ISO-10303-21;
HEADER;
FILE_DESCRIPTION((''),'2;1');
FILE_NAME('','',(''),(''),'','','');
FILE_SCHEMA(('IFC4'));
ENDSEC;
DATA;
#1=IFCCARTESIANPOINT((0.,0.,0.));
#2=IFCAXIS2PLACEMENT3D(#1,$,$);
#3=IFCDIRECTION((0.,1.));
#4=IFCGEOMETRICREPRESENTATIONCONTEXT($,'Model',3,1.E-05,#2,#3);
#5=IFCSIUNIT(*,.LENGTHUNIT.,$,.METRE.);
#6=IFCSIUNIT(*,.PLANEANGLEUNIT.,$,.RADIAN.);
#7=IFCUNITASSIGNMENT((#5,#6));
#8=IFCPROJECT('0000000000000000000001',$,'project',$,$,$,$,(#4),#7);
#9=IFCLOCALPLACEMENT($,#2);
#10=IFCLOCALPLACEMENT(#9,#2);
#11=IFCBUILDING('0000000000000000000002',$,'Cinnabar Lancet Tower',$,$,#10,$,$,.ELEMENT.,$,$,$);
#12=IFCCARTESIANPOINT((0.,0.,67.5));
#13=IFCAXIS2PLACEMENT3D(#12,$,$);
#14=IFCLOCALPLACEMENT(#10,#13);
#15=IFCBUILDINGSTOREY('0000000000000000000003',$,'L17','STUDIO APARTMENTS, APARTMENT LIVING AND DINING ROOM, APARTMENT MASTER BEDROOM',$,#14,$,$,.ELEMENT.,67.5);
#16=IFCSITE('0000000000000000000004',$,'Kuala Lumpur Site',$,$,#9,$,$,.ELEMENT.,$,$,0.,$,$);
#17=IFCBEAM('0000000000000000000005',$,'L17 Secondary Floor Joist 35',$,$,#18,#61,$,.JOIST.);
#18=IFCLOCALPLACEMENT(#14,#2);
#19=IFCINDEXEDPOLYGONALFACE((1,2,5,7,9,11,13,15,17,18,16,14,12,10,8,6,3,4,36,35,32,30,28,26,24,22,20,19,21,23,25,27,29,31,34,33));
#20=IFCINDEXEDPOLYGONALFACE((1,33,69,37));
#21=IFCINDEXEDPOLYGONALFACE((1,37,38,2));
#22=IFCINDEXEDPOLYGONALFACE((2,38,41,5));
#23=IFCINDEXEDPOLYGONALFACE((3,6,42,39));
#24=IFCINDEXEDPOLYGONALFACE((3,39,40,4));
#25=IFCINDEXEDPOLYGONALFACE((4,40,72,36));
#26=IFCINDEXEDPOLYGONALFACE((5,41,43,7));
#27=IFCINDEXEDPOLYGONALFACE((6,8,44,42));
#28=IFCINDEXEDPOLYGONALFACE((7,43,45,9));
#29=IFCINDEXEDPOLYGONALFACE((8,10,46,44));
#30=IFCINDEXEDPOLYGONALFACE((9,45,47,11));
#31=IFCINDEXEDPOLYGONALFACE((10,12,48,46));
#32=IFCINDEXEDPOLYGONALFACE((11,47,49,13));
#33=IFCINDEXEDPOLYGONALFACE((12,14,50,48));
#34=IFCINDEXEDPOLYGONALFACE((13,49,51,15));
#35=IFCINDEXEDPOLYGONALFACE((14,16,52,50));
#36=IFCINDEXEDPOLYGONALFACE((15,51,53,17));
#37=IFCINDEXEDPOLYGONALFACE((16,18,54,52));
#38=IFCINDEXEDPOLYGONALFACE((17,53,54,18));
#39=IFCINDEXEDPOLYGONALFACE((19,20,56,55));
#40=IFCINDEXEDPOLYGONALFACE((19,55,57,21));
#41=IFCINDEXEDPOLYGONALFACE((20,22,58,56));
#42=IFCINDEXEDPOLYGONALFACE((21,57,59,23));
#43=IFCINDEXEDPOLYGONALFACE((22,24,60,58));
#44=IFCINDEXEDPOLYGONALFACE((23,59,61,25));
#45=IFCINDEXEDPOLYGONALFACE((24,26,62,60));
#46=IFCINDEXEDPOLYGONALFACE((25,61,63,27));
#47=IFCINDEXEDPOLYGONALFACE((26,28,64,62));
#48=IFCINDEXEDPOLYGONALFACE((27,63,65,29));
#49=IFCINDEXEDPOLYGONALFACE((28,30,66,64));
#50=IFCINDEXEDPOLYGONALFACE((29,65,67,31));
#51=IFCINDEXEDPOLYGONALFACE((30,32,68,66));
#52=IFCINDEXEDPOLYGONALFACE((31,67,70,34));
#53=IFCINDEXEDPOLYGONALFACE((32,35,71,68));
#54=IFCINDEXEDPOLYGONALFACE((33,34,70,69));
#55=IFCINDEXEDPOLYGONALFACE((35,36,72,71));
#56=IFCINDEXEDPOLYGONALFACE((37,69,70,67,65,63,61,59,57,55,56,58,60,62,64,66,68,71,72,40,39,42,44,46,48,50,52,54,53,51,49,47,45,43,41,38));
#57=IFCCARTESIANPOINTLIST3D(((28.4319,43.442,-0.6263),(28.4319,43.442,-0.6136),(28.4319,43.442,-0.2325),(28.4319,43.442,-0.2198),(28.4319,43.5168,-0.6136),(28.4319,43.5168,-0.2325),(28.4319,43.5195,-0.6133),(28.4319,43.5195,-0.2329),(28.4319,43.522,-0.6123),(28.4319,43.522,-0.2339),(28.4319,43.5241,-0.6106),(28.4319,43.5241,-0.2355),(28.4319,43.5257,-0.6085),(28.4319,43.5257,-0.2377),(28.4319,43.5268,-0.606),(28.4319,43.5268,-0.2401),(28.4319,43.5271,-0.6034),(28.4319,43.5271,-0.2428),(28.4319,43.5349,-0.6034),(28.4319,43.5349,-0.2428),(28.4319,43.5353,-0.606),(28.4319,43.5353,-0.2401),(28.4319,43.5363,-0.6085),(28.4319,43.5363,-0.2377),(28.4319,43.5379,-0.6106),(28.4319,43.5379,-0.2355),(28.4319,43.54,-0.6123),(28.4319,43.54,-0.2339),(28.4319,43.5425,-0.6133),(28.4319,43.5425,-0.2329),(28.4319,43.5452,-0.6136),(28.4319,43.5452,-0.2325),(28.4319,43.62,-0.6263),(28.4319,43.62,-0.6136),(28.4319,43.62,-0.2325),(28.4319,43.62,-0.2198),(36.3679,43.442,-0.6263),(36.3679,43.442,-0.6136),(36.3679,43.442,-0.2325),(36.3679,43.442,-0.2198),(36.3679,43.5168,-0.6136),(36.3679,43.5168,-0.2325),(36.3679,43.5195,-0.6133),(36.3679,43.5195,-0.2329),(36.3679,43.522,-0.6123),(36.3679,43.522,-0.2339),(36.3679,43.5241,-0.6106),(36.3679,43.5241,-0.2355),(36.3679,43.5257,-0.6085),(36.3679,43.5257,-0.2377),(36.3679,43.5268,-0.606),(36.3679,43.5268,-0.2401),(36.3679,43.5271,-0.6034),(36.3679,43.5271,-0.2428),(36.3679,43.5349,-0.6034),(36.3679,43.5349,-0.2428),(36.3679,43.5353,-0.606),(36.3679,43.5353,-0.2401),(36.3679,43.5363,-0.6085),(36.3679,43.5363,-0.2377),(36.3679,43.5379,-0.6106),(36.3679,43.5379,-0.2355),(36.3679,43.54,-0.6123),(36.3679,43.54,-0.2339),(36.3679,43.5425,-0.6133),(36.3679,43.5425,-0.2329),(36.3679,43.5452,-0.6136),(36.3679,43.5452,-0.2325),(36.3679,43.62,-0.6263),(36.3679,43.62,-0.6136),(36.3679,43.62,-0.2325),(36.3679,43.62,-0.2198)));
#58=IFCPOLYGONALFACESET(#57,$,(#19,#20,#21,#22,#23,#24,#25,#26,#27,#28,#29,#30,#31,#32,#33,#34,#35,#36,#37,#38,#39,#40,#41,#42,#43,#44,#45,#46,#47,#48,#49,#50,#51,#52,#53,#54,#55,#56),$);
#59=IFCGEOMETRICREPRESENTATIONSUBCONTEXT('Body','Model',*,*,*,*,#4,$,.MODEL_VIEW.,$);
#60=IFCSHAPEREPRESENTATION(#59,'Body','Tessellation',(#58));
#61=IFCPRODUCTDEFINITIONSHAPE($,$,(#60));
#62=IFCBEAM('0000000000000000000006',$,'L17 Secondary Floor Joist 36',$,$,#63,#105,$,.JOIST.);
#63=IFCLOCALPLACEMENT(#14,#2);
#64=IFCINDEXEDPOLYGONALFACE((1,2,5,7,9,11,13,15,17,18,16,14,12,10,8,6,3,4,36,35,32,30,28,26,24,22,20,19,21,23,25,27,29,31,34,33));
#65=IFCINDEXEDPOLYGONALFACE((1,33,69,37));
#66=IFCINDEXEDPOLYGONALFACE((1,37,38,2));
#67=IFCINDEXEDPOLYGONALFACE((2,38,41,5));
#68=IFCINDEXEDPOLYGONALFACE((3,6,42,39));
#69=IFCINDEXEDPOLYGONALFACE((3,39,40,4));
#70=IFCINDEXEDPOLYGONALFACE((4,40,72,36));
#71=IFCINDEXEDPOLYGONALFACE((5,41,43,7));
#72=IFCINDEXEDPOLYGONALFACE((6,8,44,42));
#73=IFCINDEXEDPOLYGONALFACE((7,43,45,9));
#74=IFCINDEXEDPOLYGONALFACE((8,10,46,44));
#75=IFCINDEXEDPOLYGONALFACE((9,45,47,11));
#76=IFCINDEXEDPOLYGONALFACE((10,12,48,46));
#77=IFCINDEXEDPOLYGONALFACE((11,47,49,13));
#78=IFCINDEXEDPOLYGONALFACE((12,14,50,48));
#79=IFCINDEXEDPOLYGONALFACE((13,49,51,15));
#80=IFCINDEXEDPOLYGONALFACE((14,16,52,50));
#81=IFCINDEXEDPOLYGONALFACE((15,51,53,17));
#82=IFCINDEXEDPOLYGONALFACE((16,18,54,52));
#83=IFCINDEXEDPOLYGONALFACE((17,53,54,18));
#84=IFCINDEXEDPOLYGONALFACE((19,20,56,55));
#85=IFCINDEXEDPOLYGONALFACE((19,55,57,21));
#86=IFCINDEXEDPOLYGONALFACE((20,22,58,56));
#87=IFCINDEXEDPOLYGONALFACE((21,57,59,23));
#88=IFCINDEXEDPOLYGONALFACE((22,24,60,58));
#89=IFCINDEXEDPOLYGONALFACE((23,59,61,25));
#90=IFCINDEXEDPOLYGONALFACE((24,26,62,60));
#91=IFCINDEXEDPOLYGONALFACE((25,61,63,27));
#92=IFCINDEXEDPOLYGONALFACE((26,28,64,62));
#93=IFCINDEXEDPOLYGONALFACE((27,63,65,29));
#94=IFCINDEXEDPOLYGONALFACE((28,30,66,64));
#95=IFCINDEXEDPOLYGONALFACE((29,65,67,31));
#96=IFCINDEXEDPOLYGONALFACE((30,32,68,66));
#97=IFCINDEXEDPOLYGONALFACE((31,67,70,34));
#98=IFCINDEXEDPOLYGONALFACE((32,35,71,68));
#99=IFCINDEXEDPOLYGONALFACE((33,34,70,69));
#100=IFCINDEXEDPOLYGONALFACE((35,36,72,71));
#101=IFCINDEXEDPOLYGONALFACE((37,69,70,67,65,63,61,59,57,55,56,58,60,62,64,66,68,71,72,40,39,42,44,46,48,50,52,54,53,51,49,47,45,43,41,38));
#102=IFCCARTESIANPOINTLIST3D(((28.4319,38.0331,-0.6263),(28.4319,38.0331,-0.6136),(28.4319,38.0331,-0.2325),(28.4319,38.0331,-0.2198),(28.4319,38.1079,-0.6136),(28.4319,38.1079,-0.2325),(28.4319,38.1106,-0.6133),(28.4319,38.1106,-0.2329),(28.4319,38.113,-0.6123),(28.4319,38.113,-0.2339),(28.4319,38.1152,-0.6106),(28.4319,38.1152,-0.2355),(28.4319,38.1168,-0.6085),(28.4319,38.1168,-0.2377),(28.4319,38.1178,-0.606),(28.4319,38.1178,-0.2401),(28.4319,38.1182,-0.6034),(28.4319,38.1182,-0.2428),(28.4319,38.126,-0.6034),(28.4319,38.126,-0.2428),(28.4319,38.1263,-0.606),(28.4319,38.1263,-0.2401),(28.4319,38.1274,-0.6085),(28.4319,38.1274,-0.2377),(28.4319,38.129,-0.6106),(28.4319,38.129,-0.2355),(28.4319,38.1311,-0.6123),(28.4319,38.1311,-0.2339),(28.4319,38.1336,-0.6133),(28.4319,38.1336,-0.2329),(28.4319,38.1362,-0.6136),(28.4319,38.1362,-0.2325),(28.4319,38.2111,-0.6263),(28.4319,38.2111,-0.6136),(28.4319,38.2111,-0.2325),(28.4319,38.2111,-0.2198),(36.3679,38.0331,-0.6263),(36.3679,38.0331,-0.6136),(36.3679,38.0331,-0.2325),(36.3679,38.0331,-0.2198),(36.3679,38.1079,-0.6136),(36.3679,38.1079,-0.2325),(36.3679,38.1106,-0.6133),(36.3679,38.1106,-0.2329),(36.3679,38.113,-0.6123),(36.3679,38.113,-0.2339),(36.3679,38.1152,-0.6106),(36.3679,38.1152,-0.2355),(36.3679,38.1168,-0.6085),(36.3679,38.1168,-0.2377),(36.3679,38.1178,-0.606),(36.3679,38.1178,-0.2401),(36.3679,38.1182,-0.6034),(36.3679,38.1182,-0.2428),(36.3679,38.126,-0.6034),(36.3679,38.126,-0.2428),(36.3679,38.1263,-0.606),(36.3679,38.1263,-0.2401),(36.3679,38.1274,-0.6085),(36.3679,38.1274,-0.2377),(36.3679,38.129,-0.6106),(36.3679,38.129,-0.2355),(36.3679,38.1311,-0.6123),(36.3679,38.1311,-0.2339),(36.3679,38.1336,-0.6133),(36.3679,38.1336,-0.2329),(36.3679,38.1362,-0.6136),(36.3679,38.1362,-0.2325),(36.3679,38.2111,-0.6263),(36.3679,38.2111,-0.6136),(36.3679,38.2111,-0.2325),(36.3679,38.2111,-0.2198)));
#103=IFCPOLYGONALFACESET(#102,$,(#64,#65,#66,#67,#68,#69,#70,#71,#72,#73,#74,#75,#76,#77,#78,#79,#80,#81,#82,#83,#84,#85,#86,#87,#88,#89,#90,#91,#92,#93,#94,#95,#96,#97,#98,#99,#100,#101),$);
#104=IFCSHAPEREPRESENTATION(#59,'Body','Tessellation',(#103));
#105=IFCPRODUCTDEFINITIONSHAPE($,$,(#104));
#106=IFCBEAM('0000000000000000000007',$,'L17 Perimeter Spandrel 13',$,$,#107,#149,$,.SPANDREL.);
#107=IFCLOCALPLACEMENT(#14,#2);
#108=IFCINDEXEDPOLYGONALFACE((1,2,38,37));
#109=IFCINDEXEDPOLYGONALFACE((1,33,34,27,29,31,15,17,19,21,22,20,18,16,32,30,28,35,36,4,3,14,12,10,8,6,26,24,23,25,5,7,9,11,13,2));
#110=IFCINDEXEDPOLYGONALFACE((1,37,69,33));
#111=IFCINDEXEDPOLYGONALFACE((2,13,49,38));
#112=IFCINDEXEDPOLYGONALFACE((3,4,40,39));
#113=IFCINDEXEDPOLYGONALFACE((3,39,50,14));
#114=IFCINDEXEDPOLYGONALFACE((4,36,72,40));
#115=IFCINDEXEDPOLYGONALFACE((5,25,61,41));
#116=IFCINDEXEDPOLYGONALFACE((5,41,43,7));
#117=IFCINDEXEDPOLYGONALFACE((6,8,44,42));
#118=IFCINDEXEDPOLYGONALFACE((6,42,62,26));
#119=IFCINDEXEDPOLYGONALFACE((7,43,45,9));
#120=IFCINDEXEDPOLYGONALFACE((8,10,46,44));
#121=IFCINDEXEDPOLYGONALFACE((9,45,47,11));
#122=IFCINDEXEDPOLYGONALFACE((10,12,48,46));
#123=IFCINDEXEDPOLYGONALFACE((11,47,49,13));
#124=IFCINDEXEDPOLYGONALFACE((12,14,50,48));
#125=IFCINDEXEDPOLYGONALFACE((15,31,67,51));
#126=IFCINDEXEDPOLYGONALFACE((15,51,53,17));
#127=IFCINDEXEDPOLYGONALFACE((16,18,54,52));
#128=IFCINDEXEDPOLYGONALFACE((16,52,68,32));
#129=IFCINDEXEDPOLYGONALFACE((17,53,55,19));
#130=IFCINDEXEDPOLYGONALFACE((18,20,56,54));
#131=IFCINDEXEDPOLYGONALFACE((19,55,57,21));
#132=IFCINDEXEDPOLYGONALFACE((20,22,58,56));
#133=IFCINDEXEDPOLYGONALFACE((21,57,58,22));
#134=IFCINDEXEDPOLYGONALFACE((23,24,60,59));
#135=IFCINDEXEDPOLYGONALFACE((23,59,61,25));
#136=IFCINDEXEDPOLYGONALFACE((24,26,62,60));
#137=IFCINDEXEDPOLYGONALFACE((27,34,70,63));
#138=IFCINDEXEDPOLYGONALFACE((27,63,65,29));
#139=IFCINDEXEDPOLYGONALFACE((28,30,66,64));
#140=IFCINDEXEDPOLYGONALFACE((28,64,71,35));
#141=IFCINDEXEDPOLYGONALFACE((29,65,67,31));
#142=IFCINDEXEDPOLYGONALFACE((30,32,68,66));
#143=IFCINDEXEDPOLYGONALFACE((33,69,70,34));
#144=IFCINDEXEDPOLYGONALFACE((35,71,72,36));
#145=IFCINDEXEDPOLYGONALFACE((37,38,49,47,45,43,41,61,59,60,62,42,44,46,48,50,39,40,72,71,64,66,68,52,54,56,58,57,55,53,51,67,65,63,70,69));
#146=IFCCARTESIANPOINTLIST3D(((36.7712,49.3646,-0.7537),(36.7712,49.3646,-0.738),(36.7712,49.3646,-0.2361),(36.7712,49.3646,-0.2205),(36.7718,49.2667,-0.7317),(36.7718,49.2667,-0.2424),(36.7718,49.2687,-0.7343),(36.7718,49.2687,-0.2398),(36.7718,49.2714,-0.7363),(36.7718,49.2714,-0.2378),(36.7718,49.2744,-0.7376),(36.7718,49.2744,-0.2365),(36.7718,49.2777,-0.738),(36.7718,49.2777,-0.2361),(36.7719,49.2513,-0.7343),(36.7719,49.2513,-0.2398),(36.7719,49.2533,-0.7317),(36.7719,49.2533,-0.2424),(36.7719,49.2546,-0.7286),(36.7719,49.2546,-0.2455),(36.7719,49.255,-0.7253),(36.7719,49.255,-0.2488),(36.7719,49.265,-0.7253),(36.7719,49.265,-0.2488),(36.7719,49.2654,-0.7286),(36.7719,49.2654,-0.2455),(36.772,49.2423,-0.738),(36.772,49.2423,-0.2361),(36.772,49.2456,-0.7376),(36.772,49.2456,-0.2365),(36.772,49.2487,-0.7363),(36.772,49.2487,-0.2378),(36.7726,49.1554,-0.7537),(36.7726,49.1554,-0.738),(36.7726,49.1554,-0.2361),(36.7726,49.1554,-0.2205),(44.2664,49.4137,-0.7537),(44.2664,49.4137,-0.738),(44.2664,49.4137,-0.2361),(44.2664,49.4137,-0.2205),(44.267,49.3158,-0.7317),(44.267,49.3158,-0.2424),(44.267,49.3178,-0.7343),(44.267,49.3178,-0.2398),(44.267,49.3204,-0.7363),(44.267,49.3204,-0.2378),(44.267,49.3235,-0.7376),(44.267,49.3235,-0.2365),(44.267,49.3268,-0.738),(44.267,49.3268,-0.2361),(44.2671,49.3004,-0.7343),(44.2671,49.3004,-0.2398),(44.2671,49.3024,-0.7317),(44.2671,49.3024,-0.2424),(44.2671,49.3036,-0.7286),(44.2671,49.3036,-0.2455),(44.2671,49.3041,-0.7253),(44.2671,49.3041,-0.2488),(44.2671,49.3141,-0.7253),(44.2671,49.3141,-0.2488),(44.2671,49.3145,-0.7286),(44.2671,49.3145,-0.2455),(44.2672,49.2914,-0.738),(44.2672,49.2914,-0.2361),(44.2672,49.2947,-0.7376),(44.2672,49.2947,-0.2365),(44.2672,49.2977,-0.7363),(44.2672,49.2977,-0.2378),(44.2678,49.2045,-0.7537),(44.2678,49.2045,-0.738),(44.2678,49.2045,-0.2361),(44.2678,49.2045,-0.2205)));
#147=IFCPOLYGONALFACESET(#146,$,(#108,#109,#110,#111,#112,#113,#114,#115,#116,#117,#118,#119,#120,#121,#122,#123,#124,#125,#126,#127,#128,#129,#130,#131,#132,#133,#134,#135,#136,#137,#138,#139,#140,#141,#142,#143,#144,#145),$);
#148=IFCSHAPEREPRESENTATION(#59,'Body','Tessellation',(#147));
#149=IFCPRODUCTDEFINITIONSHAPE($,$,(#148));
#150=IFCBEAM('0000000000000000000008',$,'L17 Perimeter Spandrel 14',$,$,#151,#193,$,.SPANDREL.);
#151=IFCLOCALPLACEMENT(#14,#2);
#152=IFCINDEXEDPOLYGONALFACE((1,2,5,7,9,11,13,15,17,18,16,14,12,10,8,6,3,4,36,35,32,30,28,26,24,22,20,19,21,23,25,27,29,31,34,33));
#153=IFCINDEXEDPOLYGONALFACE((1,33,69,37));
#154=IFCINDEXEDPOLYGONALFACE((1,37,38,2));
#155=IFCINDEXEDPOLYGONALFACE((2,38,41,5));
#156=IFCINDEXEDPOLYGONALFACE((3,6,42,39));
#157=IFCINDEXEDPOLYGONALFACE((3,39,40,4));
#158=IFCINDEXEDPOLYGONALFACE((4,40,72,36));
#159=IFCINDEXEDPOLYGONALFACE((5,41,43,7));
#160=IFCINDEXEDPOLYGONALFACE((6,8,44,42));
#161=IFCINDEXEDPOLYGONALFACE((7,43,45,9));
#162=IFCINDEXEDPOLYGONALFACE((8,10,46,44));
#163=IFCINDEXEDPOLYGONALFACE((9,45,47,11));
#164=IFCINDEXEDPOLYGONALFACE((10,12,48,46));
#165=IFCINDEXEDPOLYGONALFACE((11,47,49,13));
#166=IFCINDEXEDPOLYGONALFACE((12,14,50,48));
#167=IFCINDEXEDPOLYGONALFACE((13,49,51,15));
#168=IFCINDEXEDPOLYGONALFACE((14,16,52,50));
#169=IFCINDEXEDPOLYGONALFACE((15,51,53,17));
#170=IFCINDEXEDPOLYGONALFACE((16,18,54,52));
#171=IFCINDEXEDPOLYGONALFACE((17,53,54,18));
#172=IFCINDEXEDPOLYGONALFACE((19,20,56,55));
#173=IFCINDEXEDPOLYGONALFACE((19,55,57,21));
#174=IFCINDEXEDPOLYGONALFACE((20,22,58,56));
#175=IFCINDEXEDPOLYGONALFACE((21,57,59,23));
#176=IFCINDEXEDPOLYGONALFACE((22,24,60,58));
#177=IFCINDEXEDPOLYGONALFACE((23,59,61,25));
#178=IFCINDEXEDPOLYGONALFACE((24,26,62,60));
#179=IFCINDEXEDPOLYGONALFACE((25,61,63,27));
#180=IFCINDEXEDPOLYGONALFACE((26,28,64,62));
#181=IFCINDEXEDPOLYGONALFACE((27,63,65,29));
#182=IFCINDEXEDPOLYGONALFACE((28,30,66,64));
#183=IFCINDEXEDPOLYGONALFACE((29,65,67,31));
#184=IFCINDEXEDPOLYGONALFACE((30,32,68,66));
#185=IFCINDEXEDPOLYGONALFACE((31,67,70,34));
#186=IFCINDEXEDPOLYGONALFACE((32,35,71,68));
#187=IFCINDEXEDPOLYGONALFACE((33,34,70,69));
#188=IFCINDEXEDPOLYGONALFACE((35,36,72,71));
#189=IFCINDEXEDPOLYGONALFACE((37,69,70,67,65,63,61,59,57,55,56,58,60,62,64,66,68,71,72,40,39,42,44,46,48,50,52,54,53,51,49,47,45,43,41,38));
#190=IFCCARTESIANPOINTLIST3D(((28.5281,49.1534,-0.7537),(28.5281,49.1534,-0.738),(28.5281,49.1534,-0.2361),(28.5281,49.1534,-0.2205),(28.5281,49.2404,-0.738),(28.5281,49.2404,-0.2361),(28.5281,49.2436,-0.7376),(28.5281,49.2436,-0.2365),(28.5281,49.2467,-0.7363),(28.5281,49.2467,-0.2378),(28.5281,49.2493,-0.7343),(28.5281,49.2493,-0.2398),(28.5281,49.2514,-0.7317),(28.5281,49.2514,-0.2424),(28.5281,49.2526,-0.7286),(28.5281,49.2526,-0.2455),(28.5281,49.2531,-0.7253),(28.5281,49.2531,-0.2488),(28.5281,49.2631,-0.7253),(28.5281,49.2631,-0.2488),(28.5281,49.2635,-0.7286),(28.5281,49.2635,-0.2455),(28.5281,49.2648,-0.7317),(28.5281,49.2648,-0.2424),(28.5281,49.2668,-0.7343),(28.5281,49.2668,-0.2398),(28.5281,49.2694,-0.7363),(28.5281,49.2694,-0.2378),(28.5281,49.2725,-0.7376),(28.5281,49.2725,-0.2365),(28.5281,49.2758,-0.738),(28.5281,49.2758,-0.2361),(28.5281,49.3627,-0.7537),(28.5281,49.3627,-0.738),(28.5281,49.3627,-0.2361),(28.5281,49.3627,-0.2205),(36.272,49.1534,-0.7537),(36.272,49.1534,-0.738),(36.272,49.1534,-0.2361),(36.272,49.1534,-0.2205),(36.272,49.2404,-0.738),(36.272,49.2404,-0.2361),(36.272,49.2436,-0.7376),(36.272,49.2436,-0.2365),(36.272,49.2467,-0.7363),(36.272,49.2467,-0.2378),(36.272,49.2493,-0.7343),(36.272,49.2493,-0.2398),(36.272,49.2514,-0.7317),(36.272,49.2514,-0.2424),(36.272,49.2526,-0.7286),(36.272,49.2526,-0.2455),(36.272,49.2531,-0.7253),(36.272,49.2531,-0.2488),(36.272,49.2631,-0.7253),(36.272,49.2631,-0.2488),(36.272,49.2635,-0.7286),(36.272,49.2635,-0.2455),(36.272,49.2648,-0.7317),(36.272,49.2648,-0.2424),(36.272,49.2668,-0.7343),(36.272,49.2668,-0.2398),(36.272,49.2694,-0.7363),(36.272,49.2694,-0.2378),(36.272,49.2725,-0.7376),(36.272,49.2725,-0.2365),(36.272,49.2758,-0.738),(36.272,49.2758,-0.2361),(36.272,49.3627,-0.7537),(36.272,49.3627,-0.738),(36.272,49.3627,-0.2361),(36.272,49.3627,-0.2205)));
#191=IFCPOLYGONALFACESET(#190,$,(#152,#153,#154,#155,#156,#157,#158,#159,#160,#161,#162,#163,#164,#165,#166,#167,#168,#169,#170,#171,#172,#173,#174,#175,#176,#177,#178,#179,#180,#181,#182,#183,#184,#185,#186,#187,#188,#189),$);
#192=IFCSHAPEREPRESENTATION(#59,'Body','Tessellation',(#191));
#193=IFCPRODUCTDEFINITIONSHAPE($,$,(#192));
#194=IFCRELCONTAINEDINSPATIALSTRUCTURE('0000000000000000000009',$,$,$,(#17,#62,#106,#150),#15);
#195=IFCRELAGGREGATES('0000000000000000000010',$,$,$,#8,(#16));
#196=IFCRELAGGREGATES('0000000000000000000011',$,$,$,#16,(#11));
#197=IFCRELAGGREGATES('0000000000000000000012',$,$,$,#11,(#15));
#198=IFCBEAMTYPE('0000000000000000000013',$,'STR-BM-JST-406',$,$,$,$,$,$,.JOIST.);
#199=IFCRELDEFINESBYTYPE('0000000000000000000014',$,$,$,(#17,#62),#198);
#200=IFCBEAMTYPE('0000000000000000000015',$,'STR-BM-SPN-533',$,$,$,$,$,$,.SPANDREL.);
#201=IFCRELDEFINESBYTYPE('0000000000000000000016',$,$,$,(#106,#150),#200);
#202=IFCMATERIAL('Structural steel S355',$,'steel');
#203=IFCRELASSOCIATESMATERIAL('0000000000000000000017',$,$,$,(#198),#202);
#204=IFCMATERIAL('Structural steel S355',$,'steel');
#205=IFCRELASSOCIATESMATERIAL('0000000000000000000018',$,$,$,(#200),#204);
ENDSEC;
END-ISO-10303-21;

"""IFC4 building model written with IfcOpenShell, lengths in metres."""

from ifc_helpers import new_model, si_unit, direction, frame, origin, origin_2d, place, context, subcontext, project, spatial, i_section, extrude, material, material_profile, profile_set, type_object, element, save


model = new_model("IFC4")

# Units and contexts
model_context = context("Model", 3, precision=1e-05, world=origin(), true_north=direction((0.0, 1.0)))
body_context = subcontext(model_context, "Body", "Model", "MODEL_VIEW")
ifc_project = project(units=[si_unit("LENGTHUNIT", "METRE"), si_unit("PLANEANGLEUNIT", "RADIAN")], contexts=[model_context])

# Site, building, storey
site_placement = place(None, origin())
site = spatial("IfcSite", under=ifc_project, at=site_placement, Name="Kuala Lumpur Site", CompositionType="ELEMENT", RefElevation=0.0)
building_placement = place(site_placement, origin())
building = spatial("IfcBuilding", under=site, at=building_placement, Name="Cinnabar Lancet Tower", CompositionType="ELEMENT")
storey_placement = place(building_placement, frame((0.0, 0.0, 67.5)))
storey = spatial("IfcBuildingStorey", under=building, at=storey_placement, Name="L17", Description="STUDIO APARTMENTS, APARTMENT LIVING AND DINING ROOM, APARTMENT MASTER BEDROOM", CompositionType="ELEMENT", Elevation=67.5)

# Beams
ifc_material_1 = material(Name="Structural steel S355", Category="steel")
ifc_material_profile_1 = material_profile(ifc_material_1, i_section(OverallWidth=0.178, OverallDepth=0.4065, WebThickness=0.0078, FlangeThickness=0.0127, FilletRadius=0.0103, at=origin_2d()), Name="UKB 406x178x60")
ifc_profile_set_1 = profile_set([ifc_material_profile_1], Name="Structural steel S355")
beam_type_1 = type_object("IfcBeamType", Name="STR-BM-JST-406", PredefinedType="JOIST", material=ifc_profile_set_1)
for number, where, z_axis, x_axis, name in (
    (1, (36.3679, 43.531, -0.4231), (-1.0, 0.0, 0.0), (0.0, -1.0, 0.0), "L17 Secondary Floor Joist 35"),
    (2, (36.3679, 38.1221, -0.4231), (-1.0, 0.0, 0.0), (0.0, -1.0, 0.0), "L17 Secondary Floor Joist 36"),
):
    element("IfcBeam", number, at=place(storey_placement, frame(where, z_axis=z_axis, x_axis=x_axis)), inside=storey, type_object=beam_type_1, Name=name, PredefinedType="JOIST", context=body_context, shape_type="SweptSolid", body=[
        extrude(i_section(OverallWidth=0.178, OverallDepth=0.4065, WebThickness=0.0078, FlangeThickness=0.0127, FilletRadius=0.0103, at=origin_2d()), origin(), (0.0, 0.0, 1.0), 7.936),
    ])
ifc_material_2 = material(Name="Structural steel S355", Category="steel")
ifc_material_profile_2 = material_profile(ifc_material_2, i_section(OverallWidth=0.2092, OverallDepth=0.5332, WebThickness=0.01, FlangeThickness=0.0156, FilletRadius=0.0127, at=origin_2d()), Name="UKB 533x210x92")
ifc_profile_set_2 = profile_set([ifc_material_profile_2], Name="Structural steel S355")
beam_type_2 = type_object("IfcBeamType", Name="STR-BM-SPN-533", PredefinedType="SPANDREL", material=ifc_profile_set_2)
beam_1_placement = place(storey_placement, frame((44.2671, 49.3091, -0.4871), z_axis=(-0.999979, -0.006547, 0.0), x_axis=(0.006547, -0.999979, 0.0)))
element("IfcBeam", 3, at=beam_1_placement, inside=storey, type_object=beam_type_2, Name="L17 Perimeter Spandrel 13", PredefinedType="SPANDREL", context=body_context, shape_type="SweptSolid", body=[
    extrude(i_section(OverallWidth=0.2092, OverallDepth=0.5332, WebThickness=0.01, FlangeThickness=0.0156, FilletRadius=0.0127, at=origin_2d()), origin(), (0.0, 0.0, 1.0), 7.4954),
])
beam_2_placement = place(storey_placement, frame((36.272, 49.2581, -0.4871), z_axis=(-1.0, 0.0, 0.0), x_axis=(0.0, -1.0, 0.0)))
element("IfcBeam", 4, at=beam_2_placement, inside=storey, type_object=beam_type_2, Name="L17 Perimeter Spandrel 14", PredefinedType="SPANDREL", context=body_context, shape_type="SweptSolid", body=[
    extrude(i_section(OverallWidth=0.2092, OverallDepth=0.5332, WebThickness=0.01, FlangeThickness=0.0156, FilletRadius=0.0127, at=origin_2d()), origin(), (0.0, 0.0, 1.0), 7.7439),
])

save(model, "model.ifc")
